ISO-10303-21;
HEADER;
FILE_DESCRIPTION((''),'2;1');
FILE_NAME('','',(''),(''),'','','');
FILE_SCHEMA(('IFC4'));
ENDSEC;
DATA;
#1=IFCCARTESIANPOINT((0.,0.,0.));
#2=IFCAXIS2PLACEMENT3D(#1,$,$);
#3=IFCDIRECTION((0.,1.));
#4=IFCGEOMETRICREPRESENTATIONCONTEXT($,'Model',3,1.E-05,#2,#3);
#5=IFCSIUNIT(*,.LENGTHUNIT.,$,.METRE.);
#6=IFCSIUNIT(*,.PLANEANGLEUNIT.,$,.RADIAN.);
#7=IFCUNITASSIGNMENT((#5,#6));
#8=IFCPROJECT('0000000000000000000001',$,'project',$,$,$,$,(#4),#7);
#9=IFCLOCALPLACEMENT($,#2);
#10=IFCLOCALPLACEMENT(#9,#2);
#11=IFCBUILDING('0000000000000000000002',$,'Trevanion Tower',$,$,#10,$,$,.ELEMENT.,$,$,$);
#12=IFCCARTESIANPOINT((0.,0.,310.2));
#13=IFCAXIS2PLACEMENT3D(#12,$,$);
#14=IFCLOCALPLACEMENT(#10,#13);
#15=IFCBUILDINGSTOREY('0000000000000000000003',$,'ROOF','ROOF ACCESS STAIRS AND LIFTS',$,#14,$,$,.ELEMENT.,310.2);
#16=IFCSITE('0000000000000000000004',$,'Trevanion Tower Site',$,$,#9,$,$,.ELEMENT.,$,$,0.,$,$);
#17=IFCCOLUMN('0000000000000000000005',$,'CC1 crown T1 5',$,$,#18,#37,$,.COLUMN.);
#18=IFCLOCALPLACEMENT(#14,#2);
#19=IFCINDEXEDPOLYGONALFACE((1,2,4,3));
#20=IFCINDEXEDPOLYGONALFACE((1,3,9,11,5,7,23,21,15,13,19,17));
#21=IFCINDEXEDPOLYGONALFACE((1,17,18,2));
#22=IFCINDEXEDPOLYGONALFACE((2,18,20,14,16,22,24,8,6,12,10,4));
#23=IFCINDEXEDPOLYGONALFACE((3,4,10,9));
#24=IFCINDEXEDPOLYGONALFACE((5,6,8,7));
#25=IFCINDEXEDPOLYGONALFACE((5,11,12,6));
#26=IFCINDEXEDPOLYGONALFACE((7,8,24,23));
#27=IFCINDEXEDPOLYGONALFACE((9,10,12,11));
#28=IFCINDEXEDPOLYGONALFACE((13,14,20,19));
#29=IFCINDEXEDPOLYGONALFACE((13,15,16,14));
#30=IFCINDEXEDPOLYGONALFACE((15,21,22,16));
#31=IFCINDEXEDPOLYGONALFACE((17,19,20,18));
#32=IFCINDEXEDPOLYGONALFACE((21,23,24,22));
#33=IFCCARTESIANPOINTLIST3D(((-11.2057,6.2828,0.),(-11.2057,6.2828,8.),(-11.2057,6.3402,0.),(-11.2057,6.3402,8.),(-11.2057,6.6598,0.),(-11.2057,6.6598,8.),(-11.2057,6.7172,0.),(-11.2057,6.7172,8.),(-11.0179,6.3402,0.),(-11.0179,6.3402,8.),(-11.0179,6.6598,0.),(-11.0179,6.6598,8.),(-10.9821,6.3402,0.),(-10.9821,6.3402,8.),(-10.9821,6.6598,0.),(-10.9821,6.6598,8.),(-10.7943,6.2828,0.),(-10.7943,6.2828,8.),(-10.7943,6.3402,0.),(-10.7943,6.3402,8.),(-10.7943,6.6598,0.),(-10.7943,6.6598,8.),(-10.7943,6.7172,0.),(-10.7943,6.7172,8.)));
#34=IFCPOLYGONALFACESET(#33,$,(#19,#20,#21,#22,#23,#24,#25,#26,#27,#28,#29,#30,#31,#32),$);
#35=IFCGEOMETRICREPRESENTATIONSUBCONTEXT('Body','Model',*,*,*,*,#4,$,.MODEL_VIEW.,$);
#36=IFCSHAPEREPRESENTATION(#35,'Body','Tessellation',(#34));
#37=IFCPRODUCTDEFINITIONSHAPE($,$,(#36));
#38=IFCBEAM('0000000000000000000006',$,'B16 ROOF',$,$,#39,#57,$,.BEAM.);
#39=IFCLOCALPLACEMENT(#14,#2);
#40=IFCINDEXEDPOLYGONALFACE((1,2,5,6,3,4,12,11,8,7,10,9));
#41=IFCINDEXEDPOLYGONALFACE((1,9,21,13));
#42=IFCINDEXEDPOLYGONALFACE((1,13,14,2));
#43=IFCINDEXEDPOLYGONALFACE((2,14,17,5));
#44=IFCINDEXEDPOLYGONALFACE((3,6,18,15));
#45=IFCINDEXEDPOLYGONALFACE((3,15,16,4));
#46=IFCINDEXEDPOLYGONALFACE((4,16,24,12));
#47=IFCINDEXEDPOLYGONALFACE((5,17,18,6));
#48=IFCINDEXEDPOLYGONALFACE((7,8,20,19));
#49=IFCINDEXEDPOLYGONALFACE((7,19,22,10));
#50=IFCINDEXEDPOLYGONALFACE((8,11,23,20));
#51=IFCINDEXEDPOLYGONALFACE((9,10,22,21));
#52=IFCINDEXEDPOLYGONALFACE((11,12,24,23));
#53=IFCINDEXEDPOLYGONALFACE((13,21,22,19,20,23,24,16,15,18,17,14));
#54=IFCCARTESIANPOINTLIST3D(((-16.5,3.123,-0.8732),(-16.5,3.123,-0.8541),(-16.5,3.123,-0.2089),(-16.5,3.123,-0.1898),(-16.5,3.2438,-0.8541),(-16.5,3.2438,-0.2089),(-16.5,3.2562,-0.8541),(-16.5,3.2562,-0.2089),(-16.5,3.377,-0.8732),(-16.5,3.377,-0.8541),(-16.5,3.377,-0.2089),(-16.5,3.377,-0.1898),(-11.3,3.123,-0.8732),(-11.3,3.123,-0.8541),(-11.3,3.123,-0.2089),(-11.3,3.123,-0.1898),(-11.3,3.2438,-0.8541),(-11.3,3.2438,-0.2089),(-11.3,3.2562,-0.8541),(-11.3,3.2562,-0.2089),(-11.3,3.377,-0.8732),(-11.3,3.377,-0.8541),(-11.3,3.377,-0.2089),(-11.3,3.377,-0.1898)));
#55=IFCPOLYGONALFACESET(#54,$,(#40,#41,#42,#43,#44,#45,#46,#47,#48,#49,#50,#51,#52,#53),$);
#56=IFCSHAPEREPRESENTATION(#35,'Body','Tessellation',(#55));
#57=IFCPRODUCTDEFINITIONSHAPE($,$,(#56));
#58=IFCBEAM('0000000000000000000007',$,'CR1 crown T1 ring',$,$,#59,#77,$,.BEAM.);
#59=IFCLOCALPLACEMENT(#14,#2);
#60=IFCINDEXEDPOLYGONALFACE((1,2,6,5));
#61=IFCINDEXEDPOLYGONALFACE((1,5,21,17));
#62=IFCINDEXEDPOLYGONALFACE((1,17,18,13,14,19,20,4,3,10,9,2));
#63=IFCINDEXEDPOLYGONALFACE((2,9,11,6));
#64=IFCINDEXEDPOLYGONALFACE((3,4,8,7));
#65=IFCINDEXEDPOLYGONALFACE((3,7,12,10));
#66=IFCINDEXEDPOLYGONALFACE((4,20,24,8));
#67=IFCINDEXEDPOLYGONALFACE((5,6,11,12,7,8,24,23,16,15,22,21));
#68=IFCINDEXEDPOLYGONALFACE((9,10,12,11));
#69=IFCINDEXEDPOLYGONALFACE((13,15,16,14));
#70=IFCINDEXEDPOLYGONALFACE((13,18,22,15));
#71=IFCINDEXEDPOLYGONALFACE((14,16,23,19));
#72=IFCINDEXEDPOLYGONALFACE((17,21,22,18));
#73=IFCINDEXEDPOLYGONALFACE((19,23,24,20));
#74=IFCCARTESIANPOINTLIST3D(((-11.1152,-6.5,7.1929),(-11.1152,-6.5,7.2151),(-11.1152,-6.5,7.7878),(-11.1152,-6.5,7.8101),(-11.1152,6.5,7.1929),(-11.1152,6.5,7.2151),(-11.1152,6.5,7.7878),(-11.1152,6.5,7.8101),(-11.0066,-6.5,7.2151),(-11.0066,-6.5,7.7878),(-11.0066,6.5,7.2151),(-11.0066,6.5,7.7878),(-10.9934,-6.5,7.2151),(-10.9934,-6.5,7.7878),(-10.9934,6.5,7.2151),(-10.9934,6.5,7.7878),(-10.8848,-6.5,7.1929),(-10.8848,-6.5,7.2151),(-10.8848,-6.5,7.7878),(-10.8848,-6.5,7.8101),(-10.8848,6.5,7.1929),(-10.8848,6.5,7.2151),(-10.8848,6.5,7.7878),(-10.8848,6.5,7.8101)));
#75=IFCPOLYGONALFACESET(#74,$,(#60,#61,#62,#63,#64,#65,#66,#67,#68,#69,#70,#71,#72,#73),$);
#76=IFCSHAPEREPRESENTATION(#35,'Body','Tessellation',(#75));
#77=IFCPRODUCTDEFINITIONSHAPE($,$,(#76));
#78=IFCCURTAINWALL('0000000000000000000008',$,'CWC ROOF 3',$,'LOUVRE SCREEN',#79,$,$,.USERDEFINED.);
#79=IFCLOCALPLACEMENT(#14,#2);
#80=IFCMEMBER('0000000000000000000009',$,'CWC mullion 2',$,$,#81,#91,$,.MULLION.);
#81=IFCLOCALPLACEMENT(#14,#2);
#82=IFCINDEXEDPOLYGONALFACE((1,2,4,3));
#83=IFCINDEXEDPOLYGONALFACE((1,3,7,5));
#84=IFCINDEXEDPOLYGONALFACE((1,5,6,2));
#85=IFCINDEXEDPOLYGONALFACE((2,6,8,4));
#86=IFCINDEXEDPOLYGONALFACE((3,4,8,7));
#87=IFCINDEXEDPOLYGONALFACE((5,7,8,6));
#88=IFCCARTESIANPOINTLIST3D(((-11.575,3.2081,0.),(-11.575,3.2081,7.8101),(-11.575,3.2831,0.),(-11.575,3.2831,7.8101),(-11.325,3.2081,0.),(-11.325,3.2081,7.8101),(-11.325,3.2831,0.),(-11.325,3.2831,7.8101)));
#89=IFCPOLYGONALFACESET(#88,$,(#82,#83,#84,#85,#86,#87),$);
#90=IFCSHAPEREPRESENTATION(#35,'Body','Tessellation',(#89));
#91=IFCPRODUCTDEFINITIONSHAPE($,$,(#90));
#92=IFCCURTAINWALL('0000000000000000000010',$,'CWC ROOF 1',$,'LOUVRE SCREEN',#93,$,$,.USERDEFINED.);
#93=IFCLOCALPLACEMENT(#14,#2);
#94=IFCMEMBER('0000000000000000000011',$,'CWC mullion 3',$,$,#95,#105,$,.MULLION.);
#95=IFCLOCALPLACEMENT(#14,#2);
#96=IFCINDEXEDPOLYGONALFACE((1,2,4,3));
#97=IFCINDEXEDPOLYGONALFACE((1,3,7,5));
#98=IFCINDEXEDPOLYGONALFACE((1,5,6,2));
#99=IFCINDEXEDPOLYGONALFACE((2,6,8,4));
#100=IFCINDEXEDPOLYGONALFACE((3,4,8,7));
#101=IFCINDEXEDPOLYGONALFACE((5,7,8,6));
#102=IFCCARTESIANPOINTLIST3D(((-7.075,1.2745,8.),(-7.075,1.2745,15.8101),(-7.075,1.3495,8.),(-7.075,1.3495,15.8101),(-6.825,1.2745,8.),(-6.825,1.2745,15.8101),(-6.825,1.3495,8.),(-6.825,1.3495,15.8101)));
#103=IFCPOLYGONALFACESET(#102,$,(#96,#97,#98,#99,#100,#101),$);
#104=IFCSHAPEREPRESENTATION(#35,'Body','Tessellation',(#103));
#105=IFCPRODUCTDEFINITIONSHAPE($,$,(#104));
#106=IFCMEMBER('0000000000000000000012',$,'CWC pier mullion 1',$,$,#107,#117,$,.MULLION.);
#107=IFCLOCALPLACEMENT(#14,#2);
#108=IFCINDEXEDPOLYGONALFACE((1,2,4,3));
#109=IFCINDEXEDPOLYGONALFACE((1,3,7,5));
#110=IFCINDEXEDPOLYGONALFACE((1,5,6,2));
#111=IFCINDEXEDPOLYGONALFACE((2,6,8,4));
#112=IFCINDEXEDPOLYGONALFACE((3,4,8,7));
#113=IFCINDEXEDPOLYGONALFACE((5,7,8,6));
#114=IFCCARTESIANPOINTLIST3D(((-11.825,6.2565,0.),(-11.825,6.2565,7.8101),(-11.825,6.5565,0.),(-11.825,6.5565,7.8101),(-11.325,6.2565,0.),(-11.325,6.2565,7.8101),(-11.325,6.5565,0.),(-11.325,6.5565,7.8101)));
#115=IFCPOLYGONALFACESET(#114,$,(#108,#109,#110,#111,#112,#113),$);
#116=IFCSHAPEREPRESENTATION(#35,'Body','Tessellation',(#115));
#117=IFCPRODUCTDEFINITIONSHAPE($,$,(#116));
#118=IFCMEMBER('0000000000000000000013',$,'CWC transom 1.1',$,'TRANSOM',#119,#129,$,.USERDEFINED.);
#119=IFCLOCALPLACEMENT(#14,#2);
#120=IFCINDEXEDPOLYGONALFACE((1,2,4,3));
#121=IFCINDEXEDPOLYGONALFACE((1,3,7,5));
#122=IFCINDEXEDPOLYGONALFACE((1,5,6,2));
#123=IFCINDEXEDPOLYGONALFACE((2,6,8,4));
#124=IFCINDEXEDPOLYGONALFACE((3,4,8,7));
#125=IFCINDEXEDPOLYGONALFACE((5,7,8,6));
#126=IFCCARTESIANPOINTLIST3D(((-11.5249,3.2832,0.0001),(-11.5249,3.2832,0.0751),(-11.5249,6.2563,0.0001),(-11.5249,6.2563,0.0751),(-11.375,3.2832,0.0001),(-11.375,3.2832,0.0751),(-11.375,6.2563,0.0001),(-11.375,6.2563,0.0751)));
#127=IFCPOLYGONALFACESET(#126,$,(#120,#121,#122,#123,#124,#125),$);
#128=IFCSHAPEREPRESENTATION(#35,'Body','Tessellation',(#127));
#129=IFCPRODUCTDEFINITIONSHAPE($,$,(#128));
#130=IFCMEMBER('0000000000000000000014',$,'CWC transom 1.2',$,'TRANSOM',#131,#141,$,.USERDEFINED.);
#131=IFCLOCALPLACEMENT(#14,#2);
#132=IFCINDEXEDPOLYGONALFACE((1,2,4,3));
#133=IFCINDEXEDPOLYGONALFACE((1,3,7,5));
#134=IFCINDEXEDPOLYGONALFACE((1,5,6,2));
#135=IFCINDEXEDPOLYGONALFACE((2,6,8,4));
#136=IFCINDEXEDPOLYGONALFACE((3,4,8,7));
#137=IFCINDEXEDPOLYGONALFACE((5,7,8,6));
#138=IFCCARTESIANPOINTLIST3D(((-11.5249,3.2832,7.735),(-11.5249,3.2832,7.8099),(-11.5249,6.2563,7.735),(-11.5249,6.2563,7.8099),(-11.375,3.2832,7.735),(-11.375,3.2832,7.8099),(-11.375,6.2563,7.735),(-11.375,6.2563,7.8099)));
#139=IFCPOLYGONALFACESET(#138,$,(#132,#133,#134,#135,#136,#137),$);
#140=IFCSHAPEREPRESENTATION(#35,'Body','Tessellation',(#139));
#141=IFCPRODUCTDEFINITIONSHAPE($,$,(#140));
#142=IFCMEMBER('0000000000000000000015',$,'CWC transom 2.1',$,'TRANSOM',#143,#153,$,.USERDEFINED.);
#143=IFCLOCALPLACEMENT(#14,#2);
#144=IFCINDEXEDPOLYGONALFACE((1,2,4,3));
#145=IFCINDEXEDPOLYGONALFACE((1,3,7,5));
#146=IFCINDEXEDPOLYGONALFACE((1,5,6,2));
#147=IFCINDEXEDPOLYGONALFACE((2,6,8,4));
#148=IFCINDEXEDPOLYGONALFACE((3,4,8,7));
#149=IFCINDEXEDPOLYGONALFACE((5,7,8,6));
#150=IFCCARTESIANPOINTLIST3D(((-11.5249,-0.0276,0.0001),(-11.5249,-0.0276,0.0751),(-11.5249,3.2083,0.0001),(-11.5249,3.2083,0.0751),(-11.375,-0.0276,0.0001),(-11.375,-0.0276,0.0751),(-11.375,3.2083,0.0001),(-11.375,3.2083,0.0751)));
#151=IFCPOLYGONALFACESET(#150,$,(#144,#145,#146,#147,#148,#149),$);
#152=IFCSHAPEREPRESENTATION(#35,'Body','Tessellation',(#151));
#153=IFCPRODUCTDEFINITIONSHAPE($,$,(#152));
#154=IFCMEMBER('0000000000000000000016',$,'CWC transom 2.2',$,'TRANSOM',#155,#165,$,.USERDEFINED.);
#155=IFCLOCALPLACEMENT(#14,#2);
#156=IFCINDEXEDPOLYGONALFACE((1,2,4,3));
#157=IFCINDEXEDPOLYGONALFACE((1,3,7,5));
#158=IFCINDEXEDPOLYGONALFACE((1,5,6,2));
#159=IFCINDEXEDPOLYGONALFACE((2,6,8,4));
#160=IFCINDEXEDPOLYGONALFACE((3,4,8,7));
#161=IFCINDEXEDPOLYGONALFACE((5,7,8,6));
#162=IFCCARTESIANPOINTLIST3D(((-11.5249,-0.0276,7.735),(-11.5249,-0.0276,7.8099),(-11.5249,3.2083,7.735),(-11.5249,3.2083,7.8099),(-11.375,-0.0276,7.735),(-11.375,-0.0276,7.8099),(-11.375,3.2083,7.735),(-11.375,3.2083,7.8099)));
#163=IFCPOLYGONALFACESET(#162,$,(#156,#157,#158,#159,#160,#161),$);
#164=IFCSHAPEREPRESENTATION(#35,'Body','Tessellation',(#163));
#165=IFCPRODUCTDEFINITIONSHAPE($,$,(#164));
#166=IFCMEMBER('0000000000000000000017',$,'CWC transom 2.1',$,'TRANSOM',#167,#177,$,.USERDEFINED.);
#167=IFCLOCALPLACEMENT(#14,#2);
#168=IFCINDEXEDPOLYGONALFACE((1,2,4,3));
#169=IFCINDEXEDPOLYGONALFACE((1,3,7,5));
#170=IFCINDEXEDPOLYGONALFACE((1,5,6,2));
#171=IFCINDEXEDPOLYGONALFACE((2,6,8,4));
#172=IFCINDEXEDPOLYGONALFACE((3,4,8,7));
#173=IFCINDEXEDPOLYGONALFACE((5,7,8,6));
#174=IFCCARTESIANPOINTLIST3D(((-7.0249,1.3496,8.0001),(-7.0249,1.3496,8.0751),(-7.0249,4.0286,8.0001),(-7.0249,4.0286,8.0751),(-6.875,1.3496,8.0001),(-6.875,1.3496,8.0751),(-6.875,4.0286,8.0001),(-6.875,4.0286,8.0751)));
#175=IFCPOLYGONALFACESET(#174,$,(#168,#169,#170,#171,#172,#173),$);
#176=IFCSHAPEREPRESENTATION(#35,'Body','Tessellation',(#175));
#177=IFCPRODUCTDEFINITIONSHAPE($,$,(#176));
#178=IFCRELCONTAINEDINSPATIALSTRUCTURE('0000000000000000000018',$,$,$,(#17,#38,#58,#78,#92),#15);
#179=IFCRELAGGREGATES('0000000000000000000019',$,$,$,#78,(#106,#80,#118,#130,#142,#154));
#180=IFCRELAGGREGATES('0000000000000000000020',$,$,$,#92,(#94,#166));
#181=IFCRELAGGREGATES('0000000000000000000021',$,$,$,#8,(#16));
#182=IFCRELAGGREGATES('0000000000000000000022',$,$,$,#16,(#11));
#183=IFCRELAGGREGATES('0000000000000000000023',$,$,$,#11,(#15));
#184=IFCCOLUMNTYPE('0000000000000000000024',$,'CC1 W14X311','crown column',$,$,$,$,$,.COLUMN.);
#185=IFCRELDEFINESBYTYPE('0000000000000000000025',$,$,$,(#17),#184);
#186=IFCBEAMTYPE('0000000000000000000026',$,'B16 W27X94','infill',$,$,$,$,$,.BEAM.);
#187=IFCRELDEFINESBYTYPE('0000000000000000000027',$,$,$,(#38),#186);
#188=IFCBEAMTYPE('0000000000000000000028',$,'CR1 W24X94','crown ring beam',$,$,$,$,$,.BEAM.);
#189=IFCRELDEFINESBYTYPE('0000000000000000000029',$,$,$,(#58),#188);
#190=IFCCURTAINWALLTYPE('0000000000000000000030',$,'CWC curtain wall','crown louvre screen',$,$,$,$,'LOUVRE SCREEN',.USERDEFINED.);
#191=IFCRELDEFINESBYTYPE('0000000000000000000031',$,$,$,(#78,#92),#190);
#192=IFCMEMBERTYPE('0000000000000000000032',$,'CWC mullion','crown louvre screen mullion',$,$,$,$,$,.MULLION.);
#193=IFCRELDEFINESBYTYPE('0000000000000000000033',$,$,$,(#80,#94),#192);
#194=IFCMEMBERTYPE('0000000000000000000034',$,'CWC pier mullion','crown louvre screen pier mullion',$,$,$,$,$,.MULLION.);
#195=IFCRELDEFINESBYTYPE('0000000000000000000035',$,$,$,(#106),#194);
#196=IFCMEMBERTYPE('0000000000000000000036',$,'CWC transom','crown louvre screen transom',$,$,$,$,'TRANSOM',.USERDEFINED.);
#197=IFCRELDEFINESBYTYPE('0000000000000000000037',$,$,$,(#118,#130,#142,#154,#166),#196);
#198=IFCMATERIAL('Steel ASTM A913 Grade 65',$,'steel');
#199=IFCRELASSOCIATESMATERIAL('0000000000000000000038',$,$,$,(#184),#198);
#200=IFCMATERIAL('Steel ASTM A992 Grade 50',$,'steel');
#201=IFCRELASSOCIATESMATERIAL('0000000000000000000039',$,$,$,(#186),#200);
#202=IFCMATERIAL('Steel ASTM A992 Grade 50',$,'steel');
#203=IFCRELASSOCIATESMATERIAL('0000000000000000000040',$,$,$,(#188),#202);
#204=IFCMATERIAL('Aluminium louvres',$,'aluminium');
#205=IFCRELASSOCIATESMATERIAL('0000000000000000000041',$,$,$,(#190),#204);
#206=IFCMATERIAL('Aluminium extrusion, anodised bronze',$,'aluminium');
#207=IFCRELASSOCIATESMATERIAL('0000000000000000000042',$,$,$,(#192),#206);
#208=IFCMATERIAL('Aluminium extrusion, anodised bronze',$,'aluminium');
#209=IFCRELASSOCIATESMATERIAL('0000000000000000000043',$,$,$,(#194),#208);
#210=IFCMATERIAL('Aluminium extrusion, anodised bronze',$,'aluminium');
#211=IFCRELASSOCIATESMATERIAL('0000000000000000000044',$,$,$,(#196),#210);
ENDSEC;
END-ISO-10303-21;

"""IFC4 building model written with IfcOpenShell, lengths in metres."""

from ifc_helpers import new_model, si_unit, direction, frame, origin, origin_2d, place, context, subcontext, project, spatial, rectangle, i_section, extrude, material, material_profile, profile_set, type_object, element, aggregate, save


model = new_model("IFC4")

# Units and contexts
model_context = context("Model", 3, precision=1e-05, world=origin(), true_north=direction((0.0, 1.0)))
body_context = subcontext(model_context, "Body", "Model", "MODEL_VIEW")
ifc_project = project(units=[si_unit("LENGTHUNIT", "METRE"), si_unit("PLANEANGLEUNIT", "RADIAN")], contexts=[model_context])

# Site, building, storey
site_placement = place(None, origin())
site = spatial("IfcSite", under=ifc_project, at=site_placement, Name="Trevanion Tower Site", CompositionType="ELEMENT", RefElevation=0.0)
building_placement = place(site_placement, origin())
building = spatial("IfcBuilding", under=site, at=building_placement, Name="Trevanion Tower", CompositionType="ELEMENT")
storey_placement = place(building_placement, frame((0.0, 0.0, 310.2)))
storey = spatial("IfcBuildingStorey", under=building, at=storey_placement, Name="ROOF", Description="ROOF ACCESS STAIRS AND LIFTS", CompositionType="ELEMENT", Elevation=310.2)

# Column
ifc_material_1 = material(Name="Steel ASTM A913 Grade 65", Category="steel")
ifc_material_profile_1 = material_profile(ifc_material_1, i_section(OverallWidth=0.4114, OverallDepth=0.4343, WebThickness=0.0359, FlangeThickness=0.0574, at=origin_2d()), Name="W14X311")
ifc_profile_set_1 = profile_set([ifc_material_profile_1], Name="Steel ASTM A913 Grade 65")
column_type = type_object("IfcColumnType", Name="CC1 W14X311", Description="crown column", PredefinedType="COLUMN", material=ifc_profile_set_1)
column_placement = place(storey_placement, frame((-11.0, 6.5, 0.0), z_axis=(0.0, 0.0, 1.0), x_axis=(1.0, 0.0, 0.0)))
element("IfcColumn", 1, at=column_placement, inside=storey, type_object=column_type, Name="CC1 crown T1 5", PredefinedType="COLUMN", context=body_context, shape_type="SweptSolid", body=[
    extrude(i_section(OverallWidth=0.4114, OverallDepth=0.4343, WebThickness=0.0359, FlangeThickness=0.0574, at=origin_2d()), origin(), (0.0, 0.0, 1.0), 8.0),
])

# Beams
ifc_material_2 = material(Name="Steel ASTM A992 Grade 50", Category="steel")
ifc_material_profile_2 = material_profile(ifc_material_2, i_section(OverallWidth=0.2539, OverallDepth=0.6833, WebThickness=0.0125, FlangeThickness=0.019, at=origin_2d()), Name="W27X94")
ifc_profile_set_2 = profile_set([ifc_material_profile_2], Name="Steel ASTM A992 Grade 50")
beam_type_1 = type_object("IfcBeamType", Name="B16 W27X94", Description="infill", PredefinedType="BEAM", material=ifc_profile_set_2)
beam_1_placement = place(storey_placement, frame((-11.3, 3.25, -0.5315), z_axis=(-1.0, 0.0, 0.0), x_axis=(0.0, -1.0, 0.0)))
element("IfcBeam", 2, at=beam_1_placement, inside=storey, type_object=beam_type_1, Name="B16 ROOF", PredefinedType="BEAM", context=body_context, shape_type="SweptSolid", body=[
    extrude(i_section(OverallWidth=0.2539, OverallDepth=0.6833, WebThickness=0.0125, FlangeThickness=0.019, at=origin_2d()), origin(), (0.0, 0.0, 1.0), 5.2),
])
ifc_material_3 = material(Name="Steel ASTM A992 Grade 50", Category="steel")
ifc_material_profile_3 = material_profile(ifc_material_3, i_section(OverallWidth=0.2305, OverallDepth=0.6172, WebThickness=0.0132, FlangeThickness=0.0222, at=origin_2d()), Name="W24X94")
ifc_profile_set_3 = profile_set([ifc_material_profile_3], Name="Steel ASTM A992 Grade 50")
beam_type_2 = type_object("IfcBeamType", Name="CR1 W24X94", Description="crown ring beam", PredefinedType="BEAM", material=ifc_profile_set_3)
beam_2_placement = place(storey_placement, frame((-11.0, 6.5, 7.5015), z_axis=(0.0, -1.0, 0.0), x_axis=(1.0, 0.0, 0.0)))
element("IfcBeam", 3, at=beam_2_placement, inside=storey, type_object=beam_type_2, Name="CR1 crown T1 ring", PredefinedType="BEAM", context=body_context, shape_type="SweptSolid", body=[
    extrude(i_section(OverallWidth=0.2305, OverallDepth=0.6172, WebThickness=0.0132, FlangeThickness=0.0222, at=origin_2d()), origin(), (0.0, 0.0, 1.0), 13.0),
])

# Curtain walls, members
ifc_material_4 = material(Name="Aluminium louvres", Category="aluminium")
curtain_wall_type = type_object("IfcCurtainWallType", Name="CWC curtain wall", Description="crown louvre screen", ElementType="LOUVRE SCREEN", PredefinedType="USERDEFINED", material=ifc_material_4)
curtain_wall_1_placement = place(storey_placement, origin())
curtain_wall_1 = element("IfcCurtainWall", 4, at=curtain_wall_1_placement, inside=storey, type_object=curtain_wall_type, Name="CWC ROOF 3", ObjectType="LOUVRE SCREEN", PredefinedType="USERDEFINED")
ifc_material_5 = material(Name="Aluminium extrusion, anodised bronze", Category="aluminium")
ifc_material_profile_4 = material_profile(ifc_material_5, rectangle(XDim=0.075, YDim=0.25, at=origin_2d()), Name="CWC mullion")
ifc_profile_set_4 = profile_set([ifc_material_profile_4], Name="Aluminium extrusion, anodised bronze")
member_type_1 = type_object("IfcMemberType", Name="CWC mullion", Description="crown louvre screen mullion", PredefinedType="MULLION", material=ifc_profile_set_4)
member_1_placement = place(storey_placement, frame((-11.45, 3.2456, 0.0), z_axis=(0.0, 0.0, 1.0), x_axis=(0.0, -1.0, 0.0)))
member_1 = element("IfcMember", 5, at=member_1_placement, type_object=member_type_1, Name="CWC mullion 2", PredefinedType="MULLION", context=body_context, shape_type="SweptSolid", body=[
    extrude(rectangle(XDim=0.075, YDim=0.25, at=origin_2d()), origin(), (0.0, 0.0, 1.0), 7.8101),
])
curtain_wall_2_placement = place(storey_placement, origin())
curtain_wall_2 = element("IfcCurtainWall", 6, at=curtain_wall_2_placement, inside=storey, type_object=curtain_wall_type, Name="CWC ROOF 1", ObjectType="LOUVRE SCREEN", PredefinedType="USERDEFINED")
member_2_placement = place(storey_placement, frame((-6.95, 1.312, 8.0), z_axis=(0.0, 0.0, 1.0), x_axis=(0.0, -1.0, 0.0)))
member_2 = element("IfcMember", 7, at=member_2_placement, type_object=member_type_1, Name="CWC mullion 3", PredefinedType="MULLION", context=body_context, shape_type="SweptSolid", body=[
    extrude(rectangle(XDim=0.075, YDim=0.25, at=origin_2d()), origin(), (0.0, 0.0, 1.0), 7.8101),
])

# Members
ifc_material_6 = material(Name="Aluminium extrusion, anodised bronze", Category="aluminium")
ifc_material_profile_5 = material_profile(ifc_material_6, rectangle(XDim=0.3, YDim=0.5, at=origin_2d()), Name="CWC pier mullion")
ifc_profile_set_5 = profile_set([ifc_material_profile_5], Name="Aluminium extrusion, anodised bronze")
member_type_2 = type_object("IfcMemberType", Name="CWC pier mullion", Description="crown louvre screen pier mullion", PredefinedType="MULLION", material=ifc_profile_set_5)
member_3_placement = place(storey_placement, frame((-11.575, 6.4065, 0.0), z_axis=(0.0, 0.0, 1.0), x_axis=(0.0, -1.0, 0.0)))
member_3 = element("IfcMember", 8, at=member_3_placement, type_object=member_type_2, Name="CWC pier mullion 1", PredefinedType="MULLION", context=body_context, shape_type="SweptSolid", body=[
    extrude(rectangle(XDim=0.3, YDim=0.5, at=origin_2d()), origin(), (0.0, 0.0, 1.0), 7.8101),
])
ifc_material_7 = material(Name="Aluminium extrusion, anodised bronze", Category="aluminium")
ifc_material_profile_6 = material_profile(ifc_material_7, rectangle(XDim=0.1499, YDim=0.075, at=origin_2d()), Name="CWC transom")
ifc_profile_set_6 = profile_set([ifc_material_profile_6], Name="Aluminium extrusion, anodised bronze")
member_type_3 = type_object("IfcMemberType", Name="CWC transom", Description="crown louvre screen transom", ElementType="TRANSOM", PredefinedType="USERDEFINED", material=ifc_profile_set_6)
member_4_placement = place(storey_placement, frame((-11.45, 6.2563, 0.0376), z_axis=(0.0, -1.0, 0.0), x_axis=(1.0, 0.0, 0.0)))
member_4 = element("IfcMember", 9, at=member_4_placement, type_object=member_type_3, Name="CWC transom 1.1", ObjectType="TRANSOM", PredefinedType="USERDEFINED", context=body_context, shape_type="SweptSolid", body=[
    extrude(rectangle(XDim=0.1499, YDim=0.075, at=origin_2d()), origin(), (0.0, 0.0, 1.0), 2.9731),
])
member_5_placement = place(storey_placement, frame((-11.45, 6.2563, 7.7725), z_axis=(0.0, -1.0, 0.0), x_axis=(1.0, 0.0, 0.0)))
member_5 = element("IfcMember", 10, at=member_5_placement, type_object=member_type_3, Name="CWC transom 1.2", ObjectType="TRANSOM", PredefinedType="USERDEFINED", context=body_context, shape_type="SweptSolid", body=[
    extrude(rectangle(XDim=0.1499, YDim=0.075, at=origin_2d()), origin(), (0.0, 0.0, 1.0), 2.9731),
])
member_6_placement = place(storey_placement, frame((-11.45, 3.2083, 0.0376), z_axis=(0.0, -1.0, 0.0), x_axis=(1.0, 0.0, 0.0)))
member_6 = element("IfcMember", 11, at=member_6_placement, type_object=member_type_3, Name="CWC transom 2.1", ObjectType="TRANSOM", PredefinedType="USERDEFINED", context=body_context, shape_type="SweptSolid", body=[
    extrude(rectangle(XDim=0.1499, YDim=0.075, at=origin_2d()), origin(), (0.0, 0.0, 1.0), 3.2358),
])
member_7_placement = place(storey_placement, frame((-11.45, 3.2083, 7.7725), z_axis=(0.0, -1.0, 0.0), x_axis=(1.0, 0.0, 0.0)))
member_7 = element("IfcMember", 12, at=member_7_placement, type_object=member_type_3, Name="CWC transom 2.2", ObjectType="TRANSOM", PredefinedType="USERDEFINED", context=body_context, shape_type="SweptSolid", body=[
    extrude(rectangle(XDim=0.1499, YDim=0.075, at=origin_2d()), origin(), (0.0, 0.0, 1.0), 3.2358),
])
member_8_placement = place(storey_placement, frame((-6.95, 4.0286, 8.0376), z_axis=(0.0, -1.0, 0.0), x_axis=(1.0, 0.0, 0.0)))
member_8 = element("IfcMember", 13, at=member_8_placement, type_object=member_type_3, Name="CWC transom 2.1", ObjectType="TRANSOM", PredefinedType="USERDEFINED", context=body_context, shape_type="SweptSolid", body=[
    extrude(rectangle(XDim=0.1499, YDim=0.075, at=origin_2d()), origin(), (0.0, 0.0, 1.0), 2.679),
])

aggregate(curtain_wall_1, [member_3, member_1, member_4, member_5, member_6, member_7])
aggregate(curtain_wall_2, [member_2, member_8])

save(model, "model.ifc")
